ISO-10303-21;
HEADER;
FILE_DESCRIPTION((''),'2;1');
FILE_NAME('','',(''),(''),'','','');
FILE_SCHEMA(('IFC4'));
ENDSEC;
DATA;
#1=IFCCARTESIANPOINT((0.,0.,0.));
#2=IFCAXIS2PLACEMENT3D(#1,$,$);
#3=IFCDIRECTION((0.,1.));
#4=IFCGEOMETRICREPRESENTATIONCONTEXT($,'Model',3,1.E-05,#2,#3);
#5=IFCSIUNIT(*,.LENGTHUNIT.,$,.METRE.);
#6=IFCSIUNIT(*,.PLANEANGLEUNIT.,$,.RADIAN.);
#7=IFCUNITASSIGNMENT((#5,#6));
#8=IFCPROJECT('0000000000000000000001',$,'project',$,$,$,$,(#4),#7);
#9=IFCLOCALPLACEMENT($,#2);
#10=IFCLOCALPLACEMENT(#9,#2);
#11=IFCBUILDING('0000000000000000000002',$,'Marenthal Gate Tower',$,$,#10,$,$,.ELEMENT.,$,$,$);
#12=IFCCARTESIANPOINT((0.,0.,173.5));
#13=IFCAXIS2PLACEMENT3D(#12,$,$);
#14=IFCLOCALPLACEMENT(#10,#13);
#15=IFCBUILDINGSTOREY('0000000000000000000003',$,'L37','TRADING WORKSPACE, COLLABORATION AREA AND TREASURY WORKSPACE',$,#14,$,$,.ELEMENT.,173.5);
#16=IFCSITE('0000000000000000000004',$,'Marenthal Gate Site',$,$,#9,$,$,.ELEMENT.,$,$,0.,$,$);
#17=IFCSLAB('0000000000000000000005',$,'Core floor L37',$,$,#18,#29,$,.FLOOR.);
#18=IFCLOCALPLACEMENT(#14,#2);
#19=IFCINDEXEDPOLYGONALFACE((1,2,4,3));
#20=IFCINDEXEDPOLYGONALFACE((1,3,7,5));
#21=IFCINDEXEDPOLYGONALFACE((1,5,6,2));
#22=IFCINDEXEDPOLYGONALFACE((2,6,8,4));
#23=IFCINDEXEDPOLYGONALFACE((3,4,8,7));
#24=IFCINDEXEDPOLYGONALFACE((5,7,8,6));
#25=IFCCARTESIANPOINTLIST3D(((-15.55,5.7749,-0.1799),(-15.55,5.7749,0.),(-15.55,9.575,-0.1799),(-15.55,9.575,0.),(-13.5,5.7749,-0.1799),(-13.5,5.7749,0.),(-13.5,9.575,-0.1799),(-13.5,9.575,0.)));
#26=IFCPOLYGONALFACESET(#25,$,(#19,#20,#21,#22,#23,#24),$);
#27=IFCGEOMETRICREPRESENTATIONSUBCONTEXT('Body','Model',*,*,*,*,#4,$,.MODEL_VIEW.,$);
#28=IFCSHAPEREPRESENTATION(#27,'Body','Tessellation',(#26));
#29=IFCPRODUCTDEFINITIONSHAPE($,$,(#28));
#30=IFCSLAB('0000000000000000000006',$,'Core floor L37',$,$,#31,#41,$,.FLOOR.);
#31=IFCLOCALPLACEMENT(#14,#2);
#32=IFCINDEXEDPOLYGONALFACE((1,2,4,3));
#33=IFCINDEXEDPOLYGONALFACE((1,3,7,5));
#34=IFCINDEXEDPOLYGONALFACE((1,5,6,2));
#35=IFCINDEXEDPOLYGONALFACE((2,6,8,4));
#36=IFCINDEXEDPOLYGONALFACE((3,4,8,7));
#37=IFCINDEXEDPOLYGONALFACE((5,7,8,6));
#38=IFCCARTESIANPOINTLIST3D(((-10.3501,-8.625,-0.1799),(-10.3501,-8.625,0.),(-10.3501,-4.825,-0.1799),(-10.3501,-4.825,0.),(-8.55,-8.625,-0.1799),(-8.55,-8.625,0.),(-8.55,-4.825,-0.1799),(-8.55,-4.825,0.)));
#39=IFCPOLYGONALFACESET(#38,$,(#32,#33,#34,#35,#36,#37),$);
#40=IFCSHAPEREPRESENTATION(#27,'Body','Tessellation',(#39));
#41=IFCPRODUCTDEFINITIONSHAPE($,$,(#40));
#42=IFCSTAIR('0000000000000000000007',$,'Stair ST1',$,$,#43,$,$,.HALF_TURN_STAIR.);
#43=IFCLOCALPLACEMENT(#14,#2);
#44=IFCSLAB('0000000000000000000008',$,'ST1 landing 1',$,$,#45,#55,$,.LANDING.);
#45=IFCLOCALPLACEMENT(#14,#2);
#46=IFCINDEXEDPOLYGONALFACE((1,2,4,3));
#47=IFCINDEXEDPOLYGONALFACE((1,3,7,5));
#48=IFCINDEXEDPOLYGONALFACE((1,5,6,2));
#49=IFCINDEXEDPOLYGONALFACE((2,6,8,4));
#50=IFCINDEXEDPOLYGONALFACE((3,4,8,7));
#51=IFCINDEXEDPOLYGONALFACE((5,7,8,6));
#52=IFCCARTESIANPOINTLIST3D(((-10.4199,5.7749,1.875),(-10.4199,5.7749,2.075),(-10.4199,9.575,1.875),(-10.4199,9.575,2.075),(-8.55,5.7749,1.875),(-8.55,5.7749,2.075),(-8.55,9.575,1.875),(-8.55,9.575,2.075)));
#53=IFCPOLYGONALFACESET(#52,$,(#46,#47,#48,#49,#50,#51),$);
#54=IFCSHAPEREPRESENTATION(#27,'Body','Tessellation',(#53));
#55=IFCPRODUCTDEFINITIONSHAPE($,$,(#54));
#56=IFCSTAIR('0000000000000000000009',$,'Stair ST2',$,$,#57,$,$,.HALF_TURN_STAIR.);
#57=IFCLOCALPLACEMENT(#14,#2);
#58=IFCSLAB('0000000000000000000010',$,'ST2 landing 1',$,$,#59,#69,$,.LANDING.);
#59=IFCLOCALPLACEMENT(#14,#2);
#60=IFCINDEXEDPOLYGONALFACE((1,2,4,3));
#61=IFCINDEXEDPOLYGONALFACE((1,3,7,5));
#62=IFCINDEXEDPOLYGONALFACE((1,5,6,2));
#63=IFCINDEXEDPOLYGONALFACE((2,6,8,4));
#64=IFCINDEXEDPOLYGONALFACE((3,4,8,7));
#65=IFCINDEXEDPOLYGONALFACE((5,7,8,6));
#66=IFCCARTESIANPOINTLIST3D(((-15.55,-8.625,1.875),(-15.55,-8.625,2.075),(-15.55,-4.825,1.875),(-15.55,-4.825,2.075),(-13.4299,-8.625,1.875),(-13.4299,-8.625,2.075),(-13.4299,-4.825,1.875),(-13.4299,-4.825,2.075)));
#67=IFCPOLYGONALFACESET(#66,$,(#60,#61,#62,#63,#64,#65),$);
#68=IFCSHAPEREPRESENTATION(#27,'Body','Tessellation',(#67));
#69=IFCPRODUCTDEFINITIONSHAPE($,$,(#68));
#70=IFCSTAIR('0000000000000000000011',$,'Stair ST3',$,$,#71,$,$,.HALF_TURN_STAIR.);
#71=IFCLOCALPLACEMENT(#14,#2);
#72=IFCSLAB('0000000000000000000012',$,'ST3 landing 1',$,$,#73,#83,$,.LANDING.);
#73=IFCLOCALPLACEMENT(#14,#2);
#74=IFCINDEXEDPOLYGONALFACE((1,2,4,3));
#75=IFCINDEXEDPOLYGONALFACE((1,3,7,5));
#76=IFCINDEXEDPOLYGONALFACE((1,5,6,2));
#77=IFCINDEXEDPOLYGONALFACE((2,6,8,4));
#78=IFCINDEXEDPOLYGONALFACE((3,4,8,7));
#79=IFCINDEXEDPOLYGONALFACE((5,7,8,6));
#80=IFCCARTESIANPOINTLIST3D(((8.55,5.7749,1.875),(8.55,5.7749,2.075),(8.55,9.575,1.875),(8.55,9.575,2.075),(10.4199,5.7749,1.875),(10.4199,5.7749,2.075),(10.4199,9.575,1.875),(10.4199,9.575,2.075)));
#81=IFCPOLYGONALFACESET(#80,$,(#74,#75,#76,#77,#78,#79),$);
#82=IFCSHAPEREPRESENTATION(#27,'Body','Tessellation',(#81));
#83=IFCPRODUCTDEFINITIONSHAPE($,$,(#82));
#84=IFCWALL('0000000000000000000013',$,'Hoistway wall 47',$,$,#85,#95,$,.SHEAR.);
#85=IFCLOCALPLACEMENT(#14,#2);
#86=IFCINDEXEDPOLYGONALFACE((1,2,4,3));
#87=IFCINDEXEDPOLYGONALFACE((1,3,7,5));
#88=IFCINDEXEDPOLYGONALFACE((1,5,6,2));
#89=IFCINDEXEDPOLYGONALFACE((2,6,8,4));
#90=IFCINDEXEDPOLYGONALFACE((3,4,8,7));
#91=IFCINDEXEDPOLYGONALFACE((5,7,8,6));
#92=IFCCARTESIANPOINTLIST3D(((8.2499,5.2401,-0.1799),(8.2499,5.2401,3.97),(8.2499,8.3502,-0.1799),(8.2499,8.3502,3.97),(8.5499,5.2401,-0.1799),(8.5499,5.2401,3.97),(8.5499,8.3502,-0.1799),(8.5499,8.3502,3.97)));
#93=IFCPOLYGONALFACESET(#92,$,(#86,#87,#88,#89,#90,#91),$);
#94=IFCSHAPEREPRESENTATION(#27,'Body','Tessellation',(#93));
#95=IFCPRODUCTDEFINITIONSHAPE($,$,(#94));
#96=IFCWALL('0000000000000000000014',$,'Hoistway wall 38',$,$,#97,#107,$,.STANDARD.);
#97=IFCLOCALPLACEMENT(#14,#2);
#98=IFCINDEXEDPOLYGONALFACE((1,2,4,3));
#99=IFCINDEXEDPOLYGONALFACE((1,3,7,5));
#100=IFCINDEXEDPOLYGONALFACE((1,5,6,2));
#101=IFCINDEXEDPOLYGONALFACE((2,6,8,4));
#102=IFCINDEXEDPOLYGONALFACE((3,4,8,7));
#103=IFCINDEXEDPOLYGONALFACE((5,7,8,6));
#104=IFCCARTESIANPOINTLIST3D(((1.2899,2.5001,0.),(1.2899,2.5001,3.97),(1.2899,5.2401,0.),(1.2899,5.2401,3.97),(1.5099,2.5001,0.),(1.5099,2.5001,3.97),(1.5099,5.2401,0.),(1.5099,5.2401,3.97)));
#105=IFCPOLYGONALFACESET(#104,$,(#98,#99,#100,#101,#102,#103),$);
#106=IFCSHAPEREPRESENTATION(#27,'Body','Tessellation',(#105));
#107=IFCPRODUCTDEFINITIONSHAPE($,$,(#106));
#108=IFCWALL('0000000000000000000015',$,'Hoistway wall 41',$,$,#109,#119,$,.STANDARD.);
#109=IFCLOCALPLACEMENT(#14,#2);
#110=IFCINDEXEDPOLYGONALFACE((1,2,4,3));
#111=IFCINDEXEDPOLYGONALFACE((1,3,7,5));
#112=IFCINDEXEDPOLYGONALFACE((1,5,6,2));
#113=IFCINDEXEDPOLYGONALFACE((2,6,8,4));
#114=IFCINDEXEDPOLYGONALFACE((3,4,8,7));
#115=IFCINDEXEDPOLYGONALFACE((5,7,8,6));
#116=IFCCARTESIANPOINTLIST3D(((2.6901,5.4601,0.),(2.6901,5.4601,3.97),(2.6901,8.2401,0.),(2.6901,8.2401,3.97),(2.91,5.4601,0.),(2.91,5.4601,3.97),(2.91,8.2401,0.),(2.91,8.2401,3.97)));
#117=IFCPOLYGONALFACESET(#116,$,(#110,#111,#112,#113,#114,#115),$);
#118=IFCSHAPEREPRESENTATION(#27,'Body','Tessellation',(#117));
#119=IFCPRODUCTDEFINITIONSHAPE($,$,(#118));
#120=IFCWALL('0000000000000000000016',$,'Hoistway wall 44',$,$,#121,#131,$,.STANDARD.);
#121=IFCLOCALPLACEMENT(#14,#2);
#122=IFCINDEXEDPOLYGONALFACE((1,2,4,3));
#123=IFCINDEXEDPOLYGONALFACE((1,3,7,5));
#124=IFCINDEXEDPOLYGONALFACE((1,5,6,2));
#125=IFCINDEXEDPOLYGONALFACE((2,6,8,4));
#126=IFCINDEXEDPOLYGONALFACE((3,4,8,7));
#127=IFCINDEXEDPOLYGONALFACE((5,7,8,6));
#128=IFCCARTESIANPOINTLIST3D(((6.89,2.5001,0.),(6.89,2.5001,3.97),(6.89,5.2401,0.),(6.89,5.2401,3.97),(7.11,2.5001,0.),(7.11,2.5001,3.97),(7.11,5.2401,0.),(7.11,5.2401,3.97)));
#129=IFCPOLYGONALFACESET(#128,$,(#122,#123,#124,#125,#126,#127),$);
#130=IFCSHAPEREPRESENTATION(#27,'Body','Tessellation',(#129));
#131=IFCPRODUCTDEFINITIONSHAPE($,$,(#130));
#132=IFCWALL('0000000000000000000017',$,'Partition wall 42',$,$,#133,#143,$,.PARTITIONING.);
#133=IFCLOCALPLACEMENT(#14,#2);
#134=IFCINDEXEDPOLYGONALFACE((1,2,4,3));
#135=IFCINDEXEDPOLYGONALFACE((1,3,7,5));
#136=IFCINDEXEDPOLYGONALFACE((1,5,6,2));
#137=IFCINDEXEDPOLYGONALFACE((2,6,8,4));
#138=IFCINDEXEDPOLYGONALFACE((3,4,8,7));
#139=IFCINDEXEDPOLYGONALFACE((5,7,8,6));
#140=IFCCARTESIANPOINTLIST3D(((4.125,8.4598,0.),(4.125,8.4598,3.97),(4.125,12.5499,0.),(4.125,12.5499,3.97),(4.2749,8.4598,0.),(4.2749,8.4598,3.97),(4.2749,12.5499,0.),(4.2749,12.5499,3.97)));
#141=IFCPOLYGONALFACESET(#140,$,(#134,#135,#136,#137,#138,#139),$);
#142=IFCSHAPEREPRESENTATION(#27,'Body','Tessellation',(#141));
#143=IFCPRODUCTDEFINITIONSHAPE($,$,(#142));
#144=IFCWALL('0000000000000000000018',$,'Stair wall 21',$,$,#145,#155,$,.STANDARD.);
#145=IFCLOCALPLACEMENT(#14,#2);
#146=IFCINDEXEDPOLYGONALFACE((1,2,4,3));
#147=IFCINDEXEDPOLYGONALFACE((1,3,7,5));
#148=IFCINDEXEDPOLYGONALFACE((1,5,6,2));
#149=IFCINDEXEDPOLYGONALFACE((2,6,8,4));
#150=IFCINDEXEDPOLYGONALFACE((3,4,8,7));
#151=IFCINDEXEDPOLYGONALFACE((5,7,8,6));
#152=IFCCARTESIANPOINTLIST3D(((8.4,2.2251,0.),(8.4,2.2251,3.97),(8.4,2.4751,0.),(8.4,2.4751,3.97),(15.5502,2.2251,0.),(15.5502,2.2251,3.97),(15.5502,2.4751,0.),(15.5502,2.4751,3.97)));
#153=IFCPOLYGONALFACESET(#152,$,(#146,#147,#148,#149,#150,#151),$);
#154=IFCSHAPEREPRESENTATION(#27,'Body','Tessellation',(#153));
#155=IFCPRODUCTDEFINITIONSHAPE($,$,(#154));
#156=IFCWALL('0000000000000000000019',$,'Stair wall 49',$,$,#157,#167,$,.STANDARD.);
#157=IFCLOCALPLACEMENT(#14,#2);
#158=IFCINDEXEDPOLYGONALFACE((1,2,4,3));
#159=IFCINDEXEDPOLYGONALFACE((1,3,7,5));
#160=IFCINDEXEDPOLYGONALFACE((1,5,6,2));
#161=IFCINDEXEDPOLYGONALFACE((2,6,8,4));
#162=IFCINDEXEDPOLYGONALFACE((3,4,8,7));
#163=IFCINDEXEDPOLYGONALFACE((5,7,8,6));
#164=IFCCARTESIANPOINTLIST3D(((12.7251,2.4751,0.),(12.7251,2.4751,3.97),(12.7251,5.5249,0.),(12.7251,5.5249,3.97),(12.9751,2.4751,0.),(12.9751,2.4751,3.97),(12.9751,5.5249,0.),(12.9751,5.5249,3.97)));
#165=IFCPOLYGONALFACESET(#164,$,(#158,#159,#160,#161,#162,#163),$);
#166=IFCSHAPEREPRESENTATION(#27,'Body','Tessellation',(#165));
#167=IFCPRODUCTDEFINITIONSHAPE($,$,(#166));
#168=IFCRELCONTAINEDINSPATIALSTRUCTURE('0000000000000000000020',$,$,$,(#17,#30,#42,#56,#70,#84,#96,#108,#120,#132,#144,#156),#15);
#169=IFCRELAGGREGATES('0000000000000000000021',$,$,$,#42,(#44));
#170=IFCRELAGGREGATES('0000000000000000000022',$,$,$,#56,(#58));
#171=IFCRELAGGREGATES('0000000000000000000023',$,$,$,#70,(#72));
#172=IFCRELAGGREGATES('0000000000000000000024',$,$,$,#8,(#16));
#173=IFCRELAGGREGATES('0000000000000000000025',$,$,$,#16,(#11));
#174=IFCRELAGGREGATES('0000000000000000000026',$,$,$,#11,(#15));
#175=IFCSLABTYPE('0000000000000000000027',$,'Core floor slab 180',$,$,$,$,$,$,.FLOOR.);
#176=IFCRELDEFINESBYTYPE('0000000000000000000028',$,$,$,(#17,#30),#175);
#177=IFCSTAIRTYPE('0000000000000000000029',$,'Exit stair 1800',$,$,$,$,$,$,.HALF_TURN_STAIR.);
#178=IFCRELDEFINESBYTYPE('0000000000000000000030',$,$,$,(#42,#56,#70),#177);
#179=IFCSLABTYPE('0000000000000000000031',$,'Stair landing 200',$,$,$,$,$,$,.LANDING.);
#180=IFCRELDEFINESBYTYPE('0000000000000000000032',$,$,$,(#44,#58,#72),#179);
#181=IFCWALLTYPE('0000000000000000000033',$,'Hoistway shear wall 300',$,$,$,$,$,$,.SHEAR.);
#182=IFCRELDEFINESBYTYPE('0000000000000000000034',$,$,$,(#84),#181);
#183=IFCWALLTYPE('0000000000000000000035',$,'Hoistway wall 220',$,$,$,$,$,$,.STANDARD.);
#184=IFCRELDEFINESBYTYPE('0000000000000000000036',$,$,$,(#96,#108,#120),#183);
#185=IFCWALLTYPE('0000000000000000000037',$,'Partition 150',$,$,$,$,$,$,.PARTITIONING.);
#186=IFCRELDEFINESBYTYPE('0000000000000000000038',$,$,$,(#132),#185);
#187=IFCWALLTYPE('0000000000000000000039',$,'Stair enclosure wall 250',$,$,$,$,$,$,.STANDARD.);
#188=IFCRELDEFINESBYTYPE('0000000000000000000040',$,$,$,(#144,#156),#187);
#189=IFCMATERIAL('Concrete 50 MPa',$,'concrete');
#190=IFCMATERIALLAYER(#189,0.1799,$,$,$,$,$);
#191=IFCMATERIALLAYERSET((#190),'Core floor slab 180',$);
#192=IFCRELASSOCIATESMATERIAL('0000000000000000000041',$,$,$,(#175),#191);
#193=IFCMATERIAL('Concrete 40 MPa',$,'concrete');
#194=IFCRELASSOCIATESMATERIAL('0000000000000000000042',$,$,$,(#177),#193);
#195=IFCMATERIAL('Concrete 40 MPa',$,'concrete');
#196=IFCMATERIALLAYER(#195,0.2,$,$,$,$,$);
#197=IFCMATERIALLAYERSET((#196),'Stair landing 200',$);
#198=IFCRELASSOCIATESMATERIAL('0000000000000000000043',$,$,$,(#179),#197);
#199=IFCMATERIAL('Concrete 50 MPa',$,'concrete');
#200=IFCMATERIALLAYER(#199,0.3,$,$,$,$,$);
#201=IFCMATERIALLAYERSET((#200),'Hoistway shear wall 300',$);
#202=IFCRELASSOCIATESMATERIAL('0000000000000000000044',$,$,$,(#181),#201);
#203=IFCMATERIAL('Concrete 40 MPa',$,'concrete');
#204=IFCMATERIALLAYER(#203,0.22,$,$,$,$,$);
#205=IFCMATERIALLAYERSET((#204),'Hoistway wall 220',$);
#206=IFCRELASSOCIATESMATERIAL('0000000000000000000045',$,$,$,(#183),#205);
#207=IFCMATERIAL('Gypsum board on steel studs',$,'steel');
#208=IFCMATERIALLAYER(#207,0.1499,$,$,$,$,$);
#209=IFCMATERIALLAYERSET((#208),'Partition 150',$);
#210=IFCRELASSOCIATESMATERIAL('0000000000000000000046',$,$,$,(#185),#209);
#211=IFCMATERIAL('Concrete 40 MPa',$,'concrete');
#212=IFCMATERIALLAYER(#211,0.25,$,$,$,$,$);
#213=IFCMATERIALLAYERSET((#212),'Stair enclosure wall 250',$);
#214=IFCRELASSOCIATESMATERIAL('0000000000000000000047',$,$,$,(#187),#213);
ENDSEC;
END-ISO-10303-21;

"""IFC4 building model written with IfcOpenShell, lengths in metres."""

from ifc_helpers import new_model, si_unit, direction, frame, frame_2d, origin, place, context, subcontext, project, spatial, polyline, rectangle, outline, extrude, material, layer, layer_set, type_object, element, aggregate, save


model = new_model("IFC4")

# Units and contexts
model_context = context("Model", 3, precision=1e-05, world=origin(), true_north=direction((0.0, 1.0)))
body_context = subcontext(model_context, "Body", "Model", "MODEL_VIEW")
ifc_project = project(units=[si_unit("LENGTHUNIT", "METRE"), si_unit("PLANEANGLEUNIT", "RADIAN")], contexts=[model_context])

# Site, building, storey
site_placement = place(None, origin())
site = spatial("IfcSite", under=ifc_project, at=site_placement, Name="Marenthal Gate Site", CompositionType="ELEMENT", RefElevation=0.0)
building_placement = place(site_placement, origin())
building = spatial("IfcBuilding", under=site, at=building_placement, Name="Marenthal Gate Tower", CompositionType="ELEMENT")
storey_placement = place(building_placement, frame((0.0, 0.0, 173.5)))
storey = spatial("IfcBuildingStorey", under=building, at=storey_placement, Name="L37", Description="TRADING WORKSPACE, COLLABORATION AREA AND TREASURY WORKSPACE", CompositionType="ELEMENT", Elevation=173.5)

# Slabs
ifc_material_1 = material(Name="Concrete 50 MPa", Category="concrete")
ifc_layer_1 = layer(ifc_material_1, 0.1799)
ifc_layer_set_1 = layer_set([ifc_layer_1], Name="Core floor slab 180")
slab_type_1 = type_object("IfcSlabType", Name="Core floor slab 180", PredefinedType="FLOOR", material=ifc_layer_set_1)
slab_1_placement = place(storey_placement, frame((0.0, 0.0, -0.1799)))
element("IfcSlab", 1, at=slab_1_placement, inside=storey, type_object=slab_type_1, Name="Core floor L37", PredefinedType="FLOOR", context=body_context, shape_type="SweptSolid", body=[
    extrude(outline(polyline([(-15.55, 9.575), (-13.5, 9.575), (-13.5, 5.7749), (-15.55, 5.7749), (-15.55, 9.575)])), origin(), (0.0, 0.0, 1.0), 0.1799),
])
slab_2_placement = place(storey_placement, frame((0.0, 0.0, -0.1799)))
element("IfcSlab", 2, at=slab_2_placement, inside=storey, type_object=slab_type_1, Name="Core floor L37", PredefinedType="FLOOR", context=body_context, shape_type="SweptSolid", body=[
    extrude(outline(polyline([(-8.55, -8.625), (-10.3501, -8.625), (-10.3501, -4.825), (-8.55, -4.825), (-8.55, -8.625)])), origin(), (0.0, 0.0, 1.0), 0.1799),
])

# Stairs, slabs
ifc_material_2 = material(Name="Concrete 40 MPa", Category="concrete")
stair_type = type_object("IfcStairType", Name="Exit stair 1800", PredefinedType="HALF_TURN_STAIR", material=ifc_material_2)
stair_1_placement = place(storey_placement, origin())
stair_1 = element("IfcStair", 3, at=stair_1_placement, inside=storey, type_object=stair_type, Name="Stair ST1", PredefinedType="HALF_TURN_STAIR")
ifc_material_3 = material(Name="Concrete 40 MPa", Category="concrete")
ifc_layer_2 = layer(ifc_material_3, 0.2)
ifc_layer_set_2 = layer_set([ifc_layer_2], Name="Stair landing 200")
slab_type_2 = type_object("IfcSlabType", Name="Stair landing 200", PredefinedType="LANDING", material=ifc_layer_set_2)
slab_3_placement = place(storey_placement, frame((0.0, 0.0, 1.875)))
slab_3 = element("IfcSlab", 4, at=slab_3_placement, type_object=slab_type_2, Name="ST1 landing 1", PredefinedType="LANDING", context=body_context, shape_type="SweptSolid", body=[
    extrude(outline(polyline([(-10.4199, 5.7749), (-8.55, 5.7749), (-8.55, 9.575), (-10.4199, 9.575), (-10.4199, 5.7749)])), origin(), (0.0, 0.0, 1.0), 0.2),
])
aggregate(stair_1, [slab_3])
stair_2_placement = place(storey_placement, origin())
stair_2 = element("IfcStair", 5, at=stair_2_placement, inside=storey, type_object=stair_type, Name="Stair ST2", PredefinedType="HALF_TURN_STAIR")
slab_4_placement = place(storey_placement, frame((0.0, 0.0, 1.875)))
slab_4 = element("IfcSlab", 6, at=slab_4_placement, type_object=slab_type_2, Name="ST2 landing 1", PredefinedType="LANDING", context=body_context, shape_type="SweptSolid", body=[
    extrude(outline(polyline([(-15.55, -8.625), (-13.4299, -8.625), (-13.4299, -4.825), (-15.55, -4.825), (-15.55, -8.625)])), origin(), (0.0, 0.0, 1.0), 0.2),
])
aggregate(stair_2, [slab_4])
stair_3_placement = place(storey_placement, origin())
stair_3 = element("IfcStair", 7, at=stair_3_placement, inside=storey, type_object=stair_type, Name="Stair ST3", PredefinedType="HALF_TURN_STAIR")
slab_5_placement = place(storey_placement, frame((0.0, 0.0, 1.875)))
slab_5 = element("IfcSlab", 8, at=slab_5_placement, type_object=slab_type_2, Name="ST3 landing 1", PredefinedType="LANDING", context=body_context, shape_type="SweptSolid", body=[
    extrude(outline(polyline([(8.55, 5.7749), (10.4199, 5.7749), (10.4199, 9.575), (8.55, 9.575), (8.55, 5.7749)])), origin(), (0.0, 0.0, 1.0), 0.2),
])

# Walls
ifc_material_4 = material(Name="Concrete 50 MPa", Category="concrete")
ifc_layer_3 = layer(ifc_material_4, 0.3)
ifc_layer_set_3 = layer_set([ifc_layer_3], Name="Hoistway shear wall 300")
wall_type_1 = type_object("IfcWallType", Name="Hoistway shear wall 300", PredefinedType="SHEAR", material=ifc_layer_set_3)
wall_1_placement = place(storey_placement, frame((8.3999, 5.24, -0.1799), z_axis=(0.0, 0.0, 1.0), x_axis=(0.0, 1.0, 0.0)))
element("IfcWall", 9, at=wall_1_placement, inside=storey, type_object=wall_type_1, Name="Hoistway wall 47", PredefinedType="SHEAR", context=body_context, shape_type="SweptSolid", body=[
    extrude(rectangle(XDim=3.1101, YDim=0.3, at=frame_2d((1.5552, 0.0))), origin(), (0.0, 0.0, 1.0), 4.1499),
])
ifc_material_5 = material(Name="Concrete 40 MPa", Category="concrete")
ifc_layer_4 = layer(ifc_material_5, 0.22)
ifc_layer_set_4 = layer_set([ifc_layer_4], Name="Hoistway wall 220")
wall_type_2 = type_object("IfcWallType", Name="Hoistway wall 220", PredefinedType="STANDARD", material=ifc_layer_set_4)
wall_2_placement = place(storey_placement, frame((1.3999, 2.5, 0.0), z_axis=(0.0, 0.0, 1.0), x_axis=(0.0, 1.0, 0.0)))
element("IfcWall", 10, at=wall_2_placement, inside=storey, type_object=wall_type_2, Name="Hoistway wall 38", PredefinedType="STANDARD", context=body_context, shape_type="SweptSolid", body=[
    extrude(rectangle(XDim=2.74, YDim=0.22, at=frame_2d((1.3701, 0.0))), origin(), (0.0, 0.0, 1.0), 3.97),
])
wall_3_placement = place(storey_placement, frame((2.8, 5.46, 0.0), z_axis=(0.0, 0.0, 1.0), x_axis=(0.0, 1.0, 0.0)))
element("IfcWall", 11, at=wall_3_placement, inside=storey, type_object=wall_type_2, Name="Hoistway wall 41", PredefinedType="STANDARD", context=body_context, shape_type="SweptSolid", body=[
    extrude(rectangle(XDim=2.78, YDim=0.22, at=frame_2d((1.3901, 0.0))), origin(), (0.0, 0.0, 1.0), 3.97),
])
wall_4_placement = place(storey_placement, frame((7.0, 2.5, 0.0), z_axis=(0.0, 0.0, 1.0), x_axis=(0.0, 1.0, 0.0)))
element("IfcWall", 12, at=wall_4_placement, inside=storey, type_object=wall_type_2, Name="Hoistway wall 44", PredefinedType="STANDARD", context=body_context, shape_type="SweptSolid", body=[
    extrude(rectangle(XDim=2.74, YDim=0.22, at=frame_2d((1.3701, 0.0))), origin(), (0.0, 0.0, 1.0), 3.97),
])
ifc_material_6 = material(Name="Gypsum board on steel studs", Category="steel")
ifc_layer_5 = layer(ifc_material_6, 0.1499)
ifc_layer_set_5 = layer_set([ifc_layer_5], Name="Partition 150")
wall_type_3 = type_object("IfcWallType", Name="Partition 150", PredefinedType="PARTITIONING", material=ifc_layer_set_5)
wall_5_placement = place(storey_placement, frame((4.2, 8.46, 0.0), z_axis=(0.0, 0.0, 1.0), x_axis=(0.0, 1.0, 0.0)))
element("IfcWall", 13, at=wall_5_placement, inside=storey, type_object=wall_type_3, Name="Partition wall 42", PredefinedType="PARTITIONING", context=body_context, shape_type="SweptSolid", body=[
    extrude(rectangle(XDim=4.0901, YDim=0.1499, at=frame_2d((2.0449, 0.0))), origin(), (0.0, 0.0, 1.0), 3.97),
])
ifc_material_7 = material(Name="Concrete 40 MPa", Category="concrete")
ifc_layer_6 = layer(ifc_material_7, 0.25)
ifc_layer_set_6 = layer_set([ifc_layer_6], Name="Stair enclosure wall 250")
wall_type_4 = type_object("IfcWallType", Name="Stair enclosure wall 250", PredefinedType="STANDARD", material=ifc_layer_set_6)
wall_6_placement = place(storey_placement, frame((8.3999, 2.3501, 0.0), z_axis=(0.0, 0.0, 1.0), x_axis=(1.0, 0.0, 0.0)))
element("IfcWall", 14, at=wall_6_placement, inside=storey, type_object=wall_type_4, Name="Stair wall 21", PredefinedType="STANDARD", context=body_context, shape_type="SweptSolid", body=[
    extrude(rectangle(XDim=7.1501, YDim=0.25, at=frame_2d((3.5752, 0.0))), origin(), (0.0, 0.0, 1.0), 3.97),
])
wall_7_placement = place(storey_placement, frame((12.8501, 2.4751, 0.0), z_axis=(0.0, 0.0, 1.0), x_axis=(0.0, 1.0, 0.0)))
element("IfcWall", 15, at=wall_7_placement, inside=storey, type_object=wall_type_4, Name="Stair wall 49", PredefinedType="STANDARD", context=body_context, shape_type="SweptSolid", body=[
    extrude(rectangle(XDim=3.0498, YDim=0.25, at=frame_2d((1.5249, 0.0))), origin(), (0.0, 0.0, 1.0), 3.97),
])

aggregate(stair_3, [slab_5])

save(model, "model.ifc")
